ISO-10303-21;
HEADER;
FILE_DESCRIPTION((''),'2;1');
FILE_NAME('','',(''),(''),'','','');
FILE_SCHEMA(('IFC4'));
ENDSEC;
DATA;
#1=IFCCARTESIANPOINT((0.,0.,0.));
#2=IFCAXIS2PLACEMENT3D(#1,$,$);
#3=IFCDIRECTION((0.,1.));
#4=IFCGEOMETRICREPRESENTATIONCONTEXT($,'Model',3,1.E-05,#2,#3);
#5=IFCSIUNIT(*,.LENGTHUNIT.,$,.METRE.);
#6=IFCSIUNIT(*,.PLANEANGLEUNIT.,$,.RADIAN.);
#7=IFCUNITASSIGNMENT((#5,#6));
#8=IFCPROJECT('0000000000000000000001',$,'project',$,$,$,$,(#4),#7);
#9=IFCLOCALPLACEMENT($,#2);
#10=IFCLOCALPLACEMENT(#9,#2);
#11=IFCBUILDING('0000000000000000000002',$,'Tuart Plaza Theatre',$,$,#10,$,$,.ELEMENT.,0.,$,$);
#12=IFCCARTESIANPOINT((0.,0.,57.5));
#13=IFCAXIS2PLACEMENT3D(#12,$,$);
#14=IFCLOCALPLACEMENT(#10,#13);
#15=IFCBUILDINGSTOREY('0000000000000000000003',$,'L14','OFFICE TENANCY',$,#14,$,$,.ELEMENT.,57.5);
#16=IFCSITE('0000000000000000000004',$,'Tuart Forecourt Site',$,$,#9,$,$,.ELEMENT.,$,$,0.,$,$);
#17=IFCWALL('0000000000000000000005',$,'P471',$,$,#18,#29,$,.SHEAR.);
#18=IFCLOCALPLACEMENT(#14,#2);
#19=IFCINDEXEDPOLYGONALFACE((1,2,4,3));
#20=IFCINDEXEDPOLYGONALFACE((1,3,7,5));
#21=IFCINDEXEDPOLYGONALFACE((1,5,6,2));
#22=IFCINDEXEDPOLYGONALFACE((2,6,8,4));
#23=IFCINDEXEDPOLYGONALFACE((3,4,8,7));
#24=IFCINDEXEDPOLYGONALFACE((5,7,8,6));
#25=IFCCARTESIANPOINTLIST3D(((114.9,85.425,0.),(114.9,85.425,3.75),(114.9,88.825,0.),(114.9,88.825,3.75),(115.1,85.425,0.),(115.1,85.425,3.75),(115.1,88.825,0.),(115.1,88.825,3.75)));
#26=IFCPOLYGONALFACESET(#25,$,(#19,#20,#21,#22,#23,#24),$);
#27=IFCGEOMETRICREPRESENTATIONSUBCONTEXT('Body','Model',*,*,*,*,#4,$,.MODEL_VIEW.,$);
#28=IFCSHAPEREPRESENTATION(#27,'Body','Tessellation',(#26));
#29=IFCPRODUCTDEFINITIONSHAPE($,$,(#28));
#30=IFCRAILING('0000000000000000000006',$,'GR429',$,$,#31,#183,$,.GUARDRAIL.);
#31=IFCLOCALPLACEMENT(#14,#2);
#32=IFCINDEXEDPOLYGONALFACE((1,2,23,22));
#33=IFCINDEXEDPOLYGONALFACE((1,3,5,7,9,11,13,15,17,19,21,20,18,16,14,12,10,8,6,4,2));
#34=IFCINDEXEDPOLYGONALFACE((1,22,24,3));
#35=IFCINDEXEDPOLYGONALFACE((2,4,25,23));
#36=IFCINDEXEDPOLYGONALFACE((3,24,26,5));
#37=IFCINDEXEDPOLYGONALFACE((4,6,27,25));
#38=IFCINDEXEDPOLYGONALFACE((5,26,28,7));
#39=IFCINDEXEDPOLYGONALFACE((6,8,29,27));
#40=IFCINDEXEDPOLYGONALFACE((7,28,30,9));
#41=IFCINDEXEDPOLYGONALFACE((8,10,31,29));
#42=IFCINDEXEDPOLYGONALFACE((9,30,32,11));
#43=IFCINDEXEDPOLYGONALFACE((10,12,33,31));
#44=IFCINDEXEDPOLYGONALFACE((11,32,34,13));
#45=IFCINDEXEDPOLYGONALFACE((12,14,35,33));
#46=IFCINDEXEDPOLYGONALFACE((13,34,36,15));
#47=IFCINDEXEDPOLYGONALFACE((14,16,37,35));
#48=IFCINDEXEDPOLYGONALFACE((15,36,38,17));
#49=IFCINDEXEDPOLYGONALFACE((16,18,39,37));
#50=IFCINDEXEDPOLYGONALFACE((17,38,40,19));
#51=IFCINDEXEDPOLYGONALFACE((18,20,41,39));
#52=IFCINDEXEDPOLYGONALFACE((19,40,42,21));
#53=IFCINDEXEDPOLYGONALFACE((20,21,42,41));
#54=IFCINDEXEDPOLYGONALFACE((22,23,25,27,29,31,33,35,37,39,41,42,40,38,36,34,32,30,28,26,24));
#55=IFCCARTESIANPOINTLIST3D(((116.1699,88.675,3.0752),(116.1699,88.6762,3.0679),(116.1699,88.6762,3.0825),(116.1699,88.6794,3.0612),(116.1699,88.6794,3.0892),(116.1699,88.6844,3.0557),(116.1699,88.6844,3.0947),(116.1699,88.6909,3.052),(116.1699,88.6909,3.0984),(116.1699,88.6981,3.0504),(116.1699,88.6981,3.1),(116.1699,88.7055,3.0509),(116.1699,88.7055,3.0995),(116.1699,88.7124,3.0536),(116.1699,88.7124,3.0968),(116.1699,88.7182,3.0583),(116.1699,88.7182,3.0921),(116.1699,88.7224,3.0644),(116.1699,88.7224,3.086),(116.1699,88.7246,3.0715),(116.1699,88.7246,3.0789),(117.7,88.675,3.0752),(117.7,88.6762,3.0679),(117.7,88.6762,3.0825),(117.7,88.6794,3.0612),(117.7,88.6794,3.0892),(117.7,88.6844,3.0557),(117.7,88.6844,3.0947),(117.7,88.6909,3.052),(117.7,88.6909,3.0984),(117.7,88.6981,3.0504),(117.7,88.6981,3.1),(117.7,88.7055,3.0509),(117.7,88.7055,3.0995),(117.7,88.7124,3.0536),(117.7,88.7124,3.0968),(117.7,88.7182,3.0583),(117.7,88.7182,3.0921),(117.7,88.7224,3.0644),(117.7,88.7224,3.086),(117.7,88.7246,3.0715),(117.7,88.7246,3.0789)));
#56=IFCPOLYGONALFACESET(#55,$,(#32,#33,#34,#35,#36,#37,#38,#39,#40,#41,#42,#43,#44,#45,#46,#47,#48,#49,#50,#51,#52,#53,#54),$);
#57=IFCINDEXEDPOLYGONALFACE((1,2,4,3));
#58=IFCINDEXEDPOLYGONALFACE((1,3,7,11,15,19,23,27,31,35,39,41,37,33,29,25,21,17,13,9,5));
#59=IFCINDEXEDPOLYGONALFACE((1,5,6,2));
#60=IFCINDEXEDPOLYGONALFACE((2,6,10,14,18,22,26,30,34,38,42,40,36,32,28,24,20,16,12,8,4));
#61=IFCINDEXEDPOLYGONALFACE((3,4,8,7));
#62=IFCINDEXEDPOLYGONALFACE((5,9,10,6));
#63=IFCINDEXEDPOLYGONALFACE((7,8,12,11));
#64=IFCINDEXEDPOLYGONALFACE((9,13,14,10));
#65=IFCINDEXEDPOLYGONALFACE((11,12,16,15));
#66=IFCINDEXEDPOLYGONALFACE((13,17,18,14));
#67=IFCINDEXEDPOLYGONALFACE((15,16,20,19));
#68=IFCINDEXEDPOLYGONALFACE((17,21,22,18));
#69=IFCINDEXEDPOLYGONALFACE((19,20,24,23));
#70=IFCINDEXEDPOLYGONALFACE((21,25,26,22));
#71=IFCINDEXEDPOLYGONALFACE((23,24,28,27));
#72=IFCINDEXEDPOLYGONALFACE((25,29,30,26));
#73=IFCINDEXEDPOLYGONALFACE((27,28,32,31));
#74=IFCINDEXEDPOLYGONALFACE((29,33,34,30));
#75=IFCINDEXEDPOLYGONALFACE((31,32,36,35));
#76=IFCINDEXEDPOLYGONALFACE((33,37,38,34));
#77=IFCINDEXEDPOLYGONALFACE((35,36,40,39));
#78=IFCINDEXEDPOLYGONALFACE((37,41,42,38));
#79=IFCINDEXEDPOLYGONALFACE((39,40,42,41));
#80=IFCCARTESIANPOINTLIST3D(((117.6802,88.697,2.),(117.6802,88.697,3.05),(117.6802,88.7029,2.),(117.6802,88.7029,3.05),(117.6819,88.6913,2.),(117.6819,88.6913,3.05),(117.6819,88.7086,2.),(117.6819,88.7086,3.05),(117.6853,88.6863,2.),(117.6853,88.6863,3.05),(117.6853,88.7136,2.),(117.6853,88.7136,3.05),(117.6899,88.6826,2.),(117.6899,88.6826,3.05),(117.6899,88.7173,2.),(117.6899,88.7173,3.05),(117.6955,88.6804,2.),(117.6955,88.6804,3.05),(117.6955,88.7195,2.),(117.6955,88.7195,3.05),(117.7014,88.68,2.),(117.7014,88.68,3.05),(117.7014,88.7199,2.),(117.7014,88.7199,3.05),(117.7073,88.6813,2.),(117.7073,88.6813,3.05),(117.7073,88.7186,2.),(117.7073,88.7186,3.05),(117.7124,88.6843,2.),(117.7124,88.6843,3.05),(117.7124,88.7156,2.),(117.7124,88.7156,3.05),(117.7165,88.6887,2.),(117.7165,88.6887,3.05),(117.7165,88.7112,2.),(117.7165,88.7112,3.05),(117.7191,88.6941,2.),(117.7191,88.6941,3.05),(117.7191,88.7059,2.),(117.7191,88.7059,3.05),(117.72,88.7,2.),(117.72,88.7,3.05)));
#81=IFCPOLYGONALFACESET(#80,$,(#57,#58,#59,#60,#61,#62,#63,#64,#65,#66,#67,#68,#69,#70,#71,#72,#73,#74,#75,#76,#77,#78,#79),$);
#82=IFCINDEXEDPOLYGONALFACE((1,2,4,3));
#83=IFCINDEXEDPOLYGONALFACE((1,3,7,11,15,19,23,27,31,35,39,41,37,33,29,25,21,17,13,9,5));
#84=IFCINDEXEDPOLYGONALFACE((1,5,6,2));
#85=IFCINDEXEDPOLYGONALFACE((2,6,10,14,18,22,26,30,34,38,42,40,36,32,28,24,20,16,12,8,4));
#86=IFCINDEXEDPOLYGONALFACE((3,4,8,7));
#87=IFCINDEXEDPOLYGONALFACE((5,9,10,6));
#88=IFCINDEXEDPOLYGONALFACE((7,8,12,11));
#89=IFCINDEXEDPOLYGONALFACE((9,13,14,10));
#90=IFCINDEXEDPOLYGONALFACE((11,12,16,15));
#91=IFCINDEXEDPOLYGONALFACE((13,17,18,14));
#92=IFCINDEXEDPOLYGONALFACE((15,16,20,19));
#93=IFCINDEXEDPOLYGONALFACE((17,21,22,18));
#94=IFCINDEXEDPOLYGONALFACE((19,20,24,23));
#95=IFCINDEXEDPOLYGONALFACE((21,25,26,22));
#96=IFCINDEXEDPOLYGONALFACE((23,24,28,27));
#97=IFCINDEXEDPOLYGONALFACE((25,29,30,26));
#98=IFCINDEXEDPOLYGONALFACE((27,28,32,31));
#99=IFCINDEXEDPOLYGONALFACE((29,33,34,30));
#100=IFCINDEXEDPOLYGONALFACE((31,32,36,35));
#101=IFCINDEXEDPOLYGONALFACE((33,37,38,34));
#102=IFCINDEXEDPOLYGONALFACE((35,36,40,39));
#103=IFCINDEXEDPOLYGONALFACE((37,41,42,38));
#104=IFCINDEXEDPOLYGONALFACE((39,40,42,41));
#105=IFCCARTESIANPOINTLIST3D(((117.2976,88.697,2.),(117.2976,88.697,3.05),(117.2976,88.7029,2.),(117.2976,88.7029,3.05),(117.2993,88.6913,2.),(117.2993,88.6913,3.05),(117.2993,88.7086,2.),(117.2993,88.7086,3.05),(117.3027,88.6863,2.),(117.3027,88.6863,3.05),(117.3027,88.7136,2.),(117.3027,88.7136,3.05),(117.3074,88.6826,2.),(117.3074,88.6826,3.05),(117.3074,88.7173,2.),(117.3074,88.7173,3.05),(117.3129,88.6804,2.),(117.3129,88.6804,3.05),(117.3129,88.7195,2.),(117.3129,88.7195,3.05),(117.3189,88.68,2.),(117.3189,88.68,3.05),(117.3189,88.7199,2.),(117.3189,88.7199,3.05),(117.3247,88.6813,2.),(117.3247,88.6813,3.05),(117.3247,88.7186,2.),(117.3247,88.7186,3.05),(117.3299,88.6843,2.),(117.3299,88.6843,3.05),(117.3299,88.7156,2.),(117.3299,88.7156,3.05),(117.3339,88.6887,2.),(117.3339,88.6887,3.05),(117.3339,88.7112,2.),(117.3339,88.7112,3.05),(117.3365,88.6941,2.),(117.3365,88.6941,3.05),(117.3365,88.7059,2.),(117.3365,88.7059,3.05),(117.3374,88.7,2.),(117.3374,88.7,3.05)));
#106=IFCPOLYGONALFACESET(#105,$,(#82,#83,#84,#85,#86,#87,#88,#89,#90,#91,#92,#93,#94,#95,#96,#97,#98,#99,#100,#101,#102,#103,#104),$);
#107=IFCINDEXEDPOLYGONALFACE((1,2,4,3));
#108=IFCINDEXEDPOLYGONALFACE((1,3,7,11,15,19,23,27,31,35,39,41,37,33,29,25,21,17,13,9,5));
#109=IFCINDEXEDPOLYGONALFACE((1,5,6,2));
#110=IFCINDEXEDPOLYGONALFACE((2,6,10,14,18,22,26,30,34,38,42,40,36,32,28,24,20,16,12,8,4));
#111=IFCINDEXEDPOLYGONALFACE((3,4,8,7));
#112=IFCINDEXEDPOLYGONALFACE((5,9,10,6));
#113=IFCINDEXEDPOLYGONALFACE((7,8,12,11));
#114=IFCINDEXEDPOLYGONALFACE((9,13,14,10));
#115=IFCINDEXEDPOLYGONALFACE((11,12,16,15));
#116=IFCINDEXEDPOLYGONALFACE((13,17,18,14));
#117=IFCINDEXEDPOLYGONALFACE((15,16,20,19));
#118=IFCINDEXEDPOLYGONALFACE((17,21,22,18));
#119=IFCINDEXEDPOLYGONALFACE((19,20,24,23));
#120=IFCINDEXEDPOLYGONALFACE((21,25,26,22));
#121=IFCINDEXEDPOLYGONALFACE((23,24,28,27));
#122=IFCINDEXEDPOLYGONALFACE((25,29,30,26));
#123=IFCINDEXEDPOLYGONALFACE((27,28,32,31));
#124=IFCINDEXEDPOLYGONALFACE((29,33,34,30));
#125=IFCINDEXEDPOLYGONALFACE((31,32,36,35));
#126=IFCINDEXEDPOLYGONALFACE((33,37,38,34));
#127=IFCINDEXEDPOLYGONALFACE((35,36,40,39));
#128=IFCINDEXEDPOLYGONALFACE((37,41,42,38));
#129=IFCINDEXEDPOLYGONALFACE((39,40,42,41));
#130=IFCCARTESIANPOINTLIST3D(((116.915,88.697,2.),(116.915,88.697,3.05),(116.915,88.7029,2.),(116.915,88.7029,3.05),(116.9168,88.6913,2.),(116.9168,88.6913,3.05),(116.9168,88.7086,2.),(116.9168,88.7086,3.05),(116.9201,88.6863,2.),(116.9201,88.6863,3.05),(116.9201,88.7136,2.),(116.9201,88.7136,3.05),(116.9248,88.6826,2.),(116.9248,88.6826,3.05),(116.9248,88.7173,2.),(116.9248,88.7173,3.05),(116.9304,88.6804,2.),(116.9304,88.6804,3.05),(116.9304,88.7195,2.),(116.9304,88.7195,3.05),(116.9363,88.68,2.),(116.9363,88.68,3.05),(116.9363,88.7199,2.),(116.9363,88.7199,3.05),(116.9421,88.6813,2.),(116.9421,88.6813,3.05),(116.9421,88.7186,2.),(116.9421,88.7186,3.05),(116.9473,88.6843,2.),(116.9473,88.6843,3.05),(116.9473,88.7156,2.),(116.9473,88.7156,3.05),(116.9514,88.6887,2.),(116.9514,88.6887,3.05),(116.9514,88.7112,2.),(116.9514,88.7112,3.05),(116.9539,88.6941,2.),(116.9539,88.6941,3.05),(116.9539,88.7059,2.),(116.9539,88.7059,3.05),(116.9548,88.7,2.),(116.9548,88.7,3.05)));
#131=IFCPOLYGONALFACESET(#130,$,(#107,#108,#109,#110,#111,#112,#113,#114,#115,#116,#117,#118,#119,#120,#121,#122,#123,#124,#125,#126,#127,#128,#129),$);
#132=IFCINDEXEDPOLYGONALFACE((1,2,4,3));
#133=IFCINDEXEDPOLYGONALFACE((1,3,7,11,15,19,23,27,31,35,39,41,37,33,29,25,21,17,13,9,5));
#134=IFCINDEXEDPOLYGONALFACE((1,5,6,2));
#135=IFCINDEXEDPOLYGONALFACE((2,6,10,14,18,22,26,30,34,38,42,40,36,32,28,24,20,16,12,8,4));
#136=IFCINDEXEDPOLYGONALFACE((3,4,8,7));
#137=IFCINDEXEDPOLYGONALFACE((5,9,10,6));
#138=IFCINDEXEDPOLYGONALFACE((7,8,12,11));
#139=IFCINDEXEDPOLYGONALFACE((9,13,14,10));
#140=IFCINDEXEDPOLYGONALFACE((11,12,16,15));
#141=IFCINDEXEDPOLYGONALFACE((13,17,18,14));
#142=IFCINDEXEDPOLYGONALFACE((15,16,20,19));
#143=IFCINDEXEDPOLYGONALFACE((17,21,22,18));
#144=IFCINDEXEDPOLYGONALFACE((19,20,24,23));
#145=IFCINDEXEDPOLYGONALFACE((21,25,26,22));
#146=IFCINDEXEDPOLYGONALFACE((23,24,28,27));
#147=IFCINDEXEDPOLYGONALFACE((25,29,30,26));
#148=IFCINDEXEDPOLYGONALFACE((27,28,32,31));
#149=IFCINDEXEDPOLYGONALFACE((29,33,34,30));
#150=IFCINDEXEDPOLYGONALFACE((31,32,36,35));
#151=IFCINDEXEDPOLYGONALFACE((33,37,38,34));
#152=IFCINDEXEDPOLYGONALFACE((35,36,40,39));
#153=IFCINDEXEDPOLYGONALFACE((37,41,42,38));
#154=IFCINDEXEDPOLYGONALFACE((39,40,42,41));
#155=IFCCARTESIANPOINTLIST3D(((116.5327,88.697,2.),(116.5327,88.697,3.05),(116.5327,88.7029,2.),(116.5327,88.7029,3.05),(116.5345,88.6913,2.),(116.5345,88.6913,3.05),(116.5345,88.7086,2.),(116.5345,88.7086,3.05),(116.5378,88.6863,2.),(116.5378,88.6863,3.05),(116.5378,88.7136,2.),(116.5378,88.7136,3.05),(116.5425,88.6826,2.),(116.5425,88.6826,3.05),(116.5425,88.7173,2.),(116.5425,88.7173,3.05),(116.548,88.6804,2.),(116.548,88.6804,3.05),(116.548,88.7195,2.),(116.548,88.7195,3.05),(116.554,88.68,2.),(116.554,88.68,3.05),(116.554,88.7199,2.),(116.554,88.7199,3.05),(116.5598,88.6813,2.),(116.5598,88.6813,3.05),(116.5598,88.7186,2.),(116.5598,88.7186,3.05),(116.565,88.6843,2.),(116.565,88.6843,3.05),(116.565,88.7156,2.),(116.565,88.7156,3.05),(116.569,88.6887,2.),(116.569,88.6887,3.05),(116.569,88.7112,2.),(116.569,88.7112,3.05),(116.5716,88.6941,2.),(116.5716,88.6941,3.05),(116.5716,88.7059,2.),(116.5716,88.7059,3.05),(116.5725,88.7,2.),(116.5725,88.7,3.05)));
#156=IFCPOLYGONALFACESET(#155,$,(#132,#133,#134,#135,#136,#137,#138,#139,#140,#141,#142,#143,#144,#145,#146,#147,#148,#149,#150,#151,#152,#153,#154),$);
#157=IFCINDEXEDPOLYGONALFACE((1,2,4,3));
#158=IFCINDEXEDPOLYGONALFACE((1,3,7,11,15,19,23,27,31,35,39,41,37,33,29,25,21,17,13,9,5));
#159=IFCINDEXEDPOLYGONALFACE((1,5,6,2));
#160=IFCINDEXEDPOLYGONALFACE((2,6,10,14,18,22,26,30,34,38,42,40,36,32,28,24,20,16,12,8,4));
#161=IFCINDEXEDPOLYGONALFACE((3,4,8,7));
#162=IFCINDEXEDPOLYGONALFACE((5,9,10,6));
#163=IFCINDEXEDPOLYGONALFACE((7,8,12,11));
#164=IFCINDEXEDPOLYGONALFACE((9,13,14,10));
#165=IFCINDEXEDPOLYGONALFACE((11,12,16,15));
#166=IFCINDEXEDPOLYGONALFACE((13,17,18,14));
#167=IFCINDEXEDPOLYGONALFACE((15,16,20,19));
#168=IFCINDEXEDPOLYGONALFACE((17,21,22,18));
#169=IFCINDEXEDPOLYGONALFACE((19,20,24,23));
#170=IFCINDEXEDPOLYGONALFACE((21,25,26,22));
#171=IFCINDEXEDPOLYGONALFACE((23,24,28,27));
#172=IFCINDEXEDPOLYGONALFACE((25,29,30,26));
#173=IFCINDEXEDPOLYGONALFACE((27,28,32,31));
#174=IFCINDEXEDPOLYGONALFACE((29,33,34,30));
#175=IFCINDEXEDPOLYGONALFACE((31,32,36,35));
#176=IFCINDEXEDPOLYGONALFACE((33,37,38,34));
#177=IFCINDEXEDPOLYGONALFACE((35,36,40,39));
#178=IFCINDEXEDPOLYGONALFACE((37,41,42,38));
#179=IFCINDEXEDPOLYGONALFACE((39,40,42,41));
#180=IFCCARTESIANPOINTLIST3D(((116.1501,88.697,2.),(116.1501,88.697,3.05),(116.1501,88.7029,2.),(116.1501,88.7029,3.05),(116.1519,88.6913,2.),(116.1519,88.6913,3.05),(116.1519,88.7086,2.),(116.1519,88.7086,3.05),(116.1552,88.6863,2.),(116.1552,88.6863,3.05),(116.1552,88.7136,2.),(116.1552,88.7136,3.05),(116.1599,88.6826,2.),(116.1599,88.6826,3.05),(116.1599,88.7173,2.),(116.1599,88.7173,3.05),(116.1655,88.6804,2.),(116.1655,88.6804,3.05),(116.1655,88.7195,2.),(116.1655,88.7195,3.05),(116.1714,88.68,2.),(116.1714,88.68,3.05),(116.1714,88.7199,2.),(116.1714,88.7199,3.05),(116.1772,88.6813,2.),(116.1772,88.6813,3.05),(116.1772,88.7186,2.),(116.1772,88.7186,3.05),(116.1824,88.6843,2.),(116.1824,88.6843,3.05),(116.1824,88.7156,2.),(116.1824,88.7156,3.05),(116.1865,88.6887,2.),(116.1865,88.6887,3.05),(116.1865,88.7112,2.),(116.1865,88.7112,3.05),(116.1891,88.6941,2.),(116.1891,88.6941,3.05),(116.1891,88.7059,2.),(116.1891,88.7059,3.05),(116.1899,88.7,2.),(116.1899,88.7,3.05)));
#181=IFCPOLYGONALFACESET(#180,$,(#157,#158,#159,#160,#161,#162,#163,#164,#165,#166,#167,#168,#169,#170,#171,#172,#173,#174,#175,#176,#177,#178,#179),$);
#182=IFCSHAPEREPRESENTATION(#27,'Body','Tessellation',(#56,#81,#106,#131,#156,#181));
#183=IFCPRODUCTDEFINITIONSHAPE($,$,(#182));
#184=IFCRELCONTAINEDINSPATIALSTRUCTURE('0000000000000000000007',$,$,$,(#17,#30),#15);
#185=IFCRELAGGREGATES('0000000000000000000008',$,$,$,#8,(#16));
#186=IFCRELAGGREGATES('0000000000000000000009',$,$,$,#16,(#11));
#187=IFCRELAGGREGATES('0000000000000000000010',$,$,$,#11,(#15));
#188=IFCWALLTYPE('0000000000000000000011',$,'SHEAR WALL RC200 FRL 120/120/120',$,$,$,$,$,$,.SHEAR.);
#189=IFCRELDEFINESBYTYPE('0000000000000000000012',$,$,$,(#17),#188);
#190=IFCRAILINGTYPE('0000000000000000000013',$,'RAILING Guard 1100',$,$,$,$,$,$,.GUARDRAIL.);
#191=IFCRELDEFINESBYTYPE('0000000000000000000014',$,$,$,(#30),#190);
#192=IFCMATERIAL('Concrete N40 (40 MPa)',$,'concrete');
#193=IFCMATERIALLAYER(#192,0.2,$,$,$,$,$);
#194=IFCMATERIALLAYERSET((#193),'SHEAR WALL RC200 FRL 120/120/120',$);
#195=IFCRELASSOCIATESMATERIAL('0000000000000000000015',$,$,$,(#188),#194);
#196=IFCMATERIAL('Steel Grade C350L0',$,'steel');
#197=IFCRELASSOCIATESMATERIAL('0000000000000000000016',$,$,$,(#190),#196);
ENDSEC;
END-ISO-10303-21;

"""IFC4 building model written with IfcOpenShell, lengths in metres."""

from ifc_helpers import new_model, si_unit, direction, frame, frame_2d, origin, origin_2d, place, context, subcontext, project, spatial, rectangle, circle, extrude, material, layer, layer_set, type_object, element, save


model = new_model("IFC4")

# Units and contexts
model_context = context("Model", 3, precision=1e-05, world=origin(), true_north=direction((0.0, 1.0)))
body_context = subcontext(model_context, "Body", "Model", "MODEL_VIEW")
ifc_project = project(units=[si_unit("LENGTHUNIT", "METRE"), si_unit("PLANEANGLEUNIT", "RADIAN")], contexts=[model_context])

# Site, building, storey
site_placement = place(None, origin())
site = spatial("IfcSite", under=ifc_project, at=site_placement, Name="Tuart Forecourt Site", CompositionType="ELEMENT", RefElevation=0.0)
building_placement = place(site_placement, origin())
building = spatial("IfcBuilding", under=site, at=building_placement, Name="Tuart Plaza Theatre", CompositionType="ELEMENT", ElevationOfRefHeight=0.0)
storey_placement = place(building_placement, frame((0.0, 0.0, 57.5)))
storey = spatial("IfcBuildingStorey", under=building, at=storey_placement, Name="L14", Description="OFFICE TENANCY", CompositionType="ELEMENT", Elevation=57.5)

# Wall
ifc_material_1 = material(Name="Concrete N40 (40 MPa)", Category="concrete")
ifc_layer_1 = layer(ifc_material_1, 0.2)
ifc_layer_set_1 = layer_set([ifc_layer_1], Name="SHEAR WALL RC200 FRL 120/120/120")
wall_type = type_object("IfcWallType", Name="SHEAR WALL RC200 FRL 120/120/120", PredefinedType="SHEAR", material=ifc_layer_set_1)
wall_placement = place(storey_placement, frame((115.0, 88.825, 0.0), z_axis=(0.0, 0.0, 1.0), x_axis=(0.0, -1.0, 0.0)))
element("IfcWall", 1, at=wall_placement, inside=storey, type_object=wall_type, Name="P471", PredefinedType="SHEAR", context=body_context, shape_type="SweptSolid", body=[
    extrude(rectangle(XDim=3.3999, YDim=0.2, at=frame_2d((1.7, 0.0))), origin(), (0.0, 0.0, 1.0), 3.75),
])

# Railing
ifc_material_2 = material(Name="Steel Grade C350L0", Category="steel")
railing_type = type_object("IfcRailingType", Name="RAILING Guard 1100", PredefinedType="GUARDRAIL", material=ifc_material_2)
railing_1_placement = place(storey_placement, frame((117.7, 88.7, 2.0)))
element("IfcRailing", 2, at=railing_1_placement, inside=storey, type_object=railing_type, Name="GR429", PredefinedType="GUARDRAIL", context=body_context, shape_type="SweptSolid", body=[
    extrude(circle(Radius=0.0249, at=origin_2d()), frame((0.0, 0.0, 1.0752), z_axis=(-1.0, 0.0, 0.0), x_axis=(0.0, -1.0, 0.0)), (0.0, 0.0, 1.0), 1.53),
    extrude(circle(Radius=0.02, at=origin_2d()), origin(), (0.0, 0.0, 1.0), 1.05),
    extrude(circle(Radius=0.02, at=origin_2d()), frame((-0.3826, 0.0, 0.0)), (0.0, 0.0, 1.0), 1.05),
    extrude(circle(Radius=0.02, at=origin_2d()), frame((-0.7651, 0.0, 0.0)), (0.0, 0.0, 1.0), 1.05),
    extrude(circle(Radius=0.02, at=origin_2d()), frame((-1.1475, 0.0, 0.0)), (0.0, 0.0, 1.0), 1.05),
    extrude(circle(Radius=0.02, at=origin_2d()), frame((-1.53, 0.0, 0.0)), (0.0, 0.0, 1.0), 1.05),
])

save(model, "model.ifc")
